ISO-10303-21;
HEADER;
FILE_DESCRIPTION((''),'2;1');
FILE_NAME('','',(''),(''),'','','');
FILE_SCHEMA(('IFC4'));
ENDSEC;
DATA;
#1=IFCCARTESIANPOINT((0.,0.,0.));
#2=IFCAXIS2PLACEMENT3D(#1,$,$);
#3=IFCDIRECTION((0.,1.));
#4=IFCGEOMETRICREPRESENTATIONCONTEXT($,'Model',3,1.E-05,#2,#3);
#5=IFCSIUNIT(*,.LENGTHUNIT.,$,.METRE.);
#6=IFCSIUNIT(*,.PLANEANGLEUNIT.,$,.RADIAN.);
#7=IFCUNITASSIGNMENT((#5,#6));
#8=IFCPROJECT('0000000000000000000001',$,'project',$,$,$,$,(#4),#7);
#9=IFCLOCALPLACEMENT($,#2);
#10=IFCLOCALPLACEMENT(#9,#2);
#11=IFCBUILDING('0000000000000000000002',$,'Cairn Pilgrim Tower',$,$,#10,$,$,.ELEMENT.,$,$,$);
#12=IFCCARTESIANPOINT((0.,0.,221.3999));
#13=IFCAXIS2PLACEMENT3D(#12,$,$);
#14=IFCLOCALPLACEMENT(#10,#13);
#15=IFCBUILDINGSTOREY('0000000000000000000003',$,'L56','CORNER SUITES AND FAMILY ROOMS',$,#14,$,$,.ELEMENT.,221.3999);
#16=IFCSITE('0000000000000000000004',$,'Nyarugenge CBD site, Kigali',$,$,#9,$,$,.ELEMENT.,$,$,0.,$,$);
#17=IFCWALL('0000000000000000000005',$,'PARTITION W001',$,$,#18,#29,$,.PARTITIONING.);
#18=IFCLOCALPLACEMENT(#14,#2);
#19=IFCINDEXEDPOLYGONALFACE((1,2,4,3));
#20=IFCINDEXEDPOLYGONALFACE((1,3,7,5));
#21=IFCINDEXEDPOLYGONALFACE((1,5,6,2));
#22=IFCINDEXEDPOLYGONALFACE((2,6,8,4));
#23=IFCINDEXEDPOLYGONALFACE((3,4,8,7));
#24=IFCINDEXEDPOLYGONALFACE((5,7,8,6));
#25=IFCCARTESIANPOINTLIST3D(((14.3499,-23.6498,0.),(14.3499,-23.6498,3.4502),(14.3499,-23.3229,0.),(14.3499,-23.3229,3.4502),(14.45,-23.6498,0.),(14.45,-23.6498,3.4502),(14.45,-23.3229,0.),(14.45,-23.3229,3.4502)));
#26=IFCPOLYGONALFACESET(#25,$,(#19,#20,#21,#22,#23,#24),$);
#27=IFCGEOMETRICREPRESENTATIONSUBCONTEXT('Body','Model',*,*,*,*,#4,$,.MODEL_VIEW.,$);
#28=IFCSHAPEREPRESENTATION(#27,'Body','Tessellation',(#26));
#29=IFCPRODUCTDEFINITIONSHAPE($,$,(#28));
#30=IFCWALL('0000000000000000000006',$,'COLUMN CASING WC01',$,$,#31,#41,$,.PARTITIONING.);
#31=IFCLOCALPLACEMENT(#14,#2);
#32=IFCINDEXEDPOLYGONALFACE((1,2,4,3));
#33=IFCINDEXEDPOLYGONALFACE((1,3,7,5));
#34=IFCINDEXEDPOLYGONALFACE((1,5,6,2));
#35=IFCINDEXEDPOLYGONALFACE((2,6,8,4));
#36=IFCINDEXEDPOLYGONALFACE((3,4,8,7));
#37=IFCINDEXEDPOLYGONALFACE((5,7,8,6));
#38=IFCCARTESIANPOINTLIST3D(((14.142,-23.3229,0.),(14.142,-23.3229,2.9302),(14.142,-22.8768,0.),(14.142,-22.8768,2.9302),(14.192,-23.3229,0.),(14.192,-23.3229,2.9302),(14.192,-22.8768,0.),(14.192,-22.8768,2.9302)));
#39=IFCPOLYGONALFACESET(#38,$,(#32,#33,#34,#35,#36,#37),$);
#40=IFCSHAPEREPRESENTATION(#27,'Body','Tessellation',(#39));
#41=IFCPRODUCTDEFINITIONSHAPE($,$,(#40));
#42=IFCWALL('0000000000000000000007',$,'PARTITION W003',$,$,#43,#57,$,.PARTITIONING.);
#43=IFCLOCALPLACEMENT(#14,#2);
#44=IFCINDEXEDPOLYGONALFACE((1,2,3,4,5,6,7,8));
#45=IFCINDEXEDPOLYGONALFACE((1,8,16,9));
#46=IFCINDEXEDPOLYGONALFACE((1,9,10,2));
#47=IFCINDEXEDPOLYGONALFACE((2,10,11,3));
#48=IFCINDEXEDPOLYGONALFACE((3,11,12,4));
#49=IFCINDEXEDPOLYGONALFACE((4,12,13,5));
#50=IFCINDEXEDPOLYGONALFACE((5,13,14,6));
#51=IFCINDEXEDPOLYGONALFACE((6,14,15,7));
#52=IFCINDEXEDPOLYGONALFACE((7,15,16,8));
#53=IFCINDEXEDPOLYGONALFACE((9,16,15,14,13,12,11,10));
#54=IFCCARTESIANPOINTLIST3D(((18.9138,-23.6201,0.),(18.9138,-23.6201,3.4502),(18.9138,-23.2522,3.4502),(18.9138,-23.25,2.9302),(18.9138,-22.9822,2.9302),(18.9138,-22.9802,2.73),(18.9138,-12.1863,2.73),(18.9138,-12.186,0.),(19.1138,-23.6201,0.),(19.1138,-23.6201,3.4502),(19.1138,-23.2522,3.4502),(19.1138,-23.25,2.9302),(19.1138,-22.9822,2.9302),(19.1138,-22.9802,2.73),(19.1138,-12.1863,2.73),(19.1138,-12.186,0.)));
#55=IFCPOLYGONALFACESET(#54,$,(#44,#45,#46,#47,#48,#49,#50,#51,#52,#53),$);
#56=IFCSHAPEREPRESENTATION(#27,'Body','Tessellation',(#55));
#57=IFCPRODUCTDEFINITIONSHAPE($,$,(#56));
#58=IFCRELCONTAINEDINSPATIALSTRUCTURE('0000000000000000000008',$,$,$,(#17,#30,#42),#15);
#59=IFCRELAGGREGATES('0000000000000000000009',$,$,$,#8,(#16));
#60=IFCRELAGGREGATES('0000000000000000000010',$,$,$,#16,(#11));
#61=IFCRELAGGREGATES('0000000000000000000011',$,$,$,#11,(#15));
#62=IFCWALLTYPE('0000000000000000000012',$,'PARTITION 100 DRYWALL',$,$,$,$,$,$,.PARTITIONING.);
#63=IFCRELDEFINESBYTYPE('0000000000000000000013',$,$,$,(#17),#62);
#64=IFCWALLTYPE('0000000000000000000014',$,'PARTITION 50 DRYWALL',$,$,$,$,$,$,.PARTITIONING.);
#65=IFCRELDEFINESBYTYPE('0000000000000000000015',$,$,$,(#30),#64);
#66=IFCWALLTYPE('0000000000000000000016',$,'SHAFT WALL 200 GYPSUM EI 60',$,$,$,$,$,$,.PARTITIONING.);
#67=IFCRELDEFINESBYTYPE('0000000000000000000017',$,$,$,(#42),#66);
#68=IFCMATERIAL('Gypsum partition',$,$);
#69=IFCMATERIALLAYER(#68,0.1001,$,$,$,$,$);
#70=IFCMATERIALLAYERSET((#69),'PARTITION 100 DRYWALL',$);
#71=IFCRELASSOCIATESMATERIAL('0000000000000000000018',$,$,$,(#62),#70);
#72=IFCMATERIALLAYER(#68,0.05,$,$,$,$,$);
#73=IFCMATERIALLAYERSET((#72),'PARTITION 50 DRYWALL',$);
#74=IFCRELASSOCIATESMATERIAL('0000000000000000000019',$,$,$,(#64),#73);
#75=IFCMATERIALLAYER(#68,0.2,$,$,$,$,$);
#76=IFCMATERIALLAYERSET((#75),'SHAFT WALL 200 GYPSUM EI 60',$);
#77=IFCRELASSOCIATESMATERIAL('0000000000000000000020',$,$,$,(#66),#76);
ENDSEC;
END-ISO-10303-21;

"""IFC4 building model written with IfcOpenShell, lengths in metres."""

from ifc_helpers import new_model, si_unit, direction, frame, frame_2d, origin, place, context, subcontext, project, spatial, polyline, rectangle, outline, extrude, material, layer, layer_set, type_object, element, save


model = new_model("IFC4")

# Units and contexts
model_context = context("Model", 3, precision=1e-05, world=origin(), true_north=direction((0.0, 1.0)))
body_context = subcontext(model_context, "Body", "Model", "MODEL_VIEW")
ifc_project = project(units=[si_unit("LENGTHUNIT", "METRE"), si_unit("PLANEANGLEUNIT", "RADIAN")], contexts=[model_context])

# Site, building, storey
site_placement = place(None, origin())
site = spatial("IfcSite", under=ifc_project, at=site_placement, Name="Nyarugenge CBD site, Kigali", CompositionType="ELEMENT", RefElevation=0.0)
building_placement = place(site_placement, origin())
building = spatial("IfcBuilding", under=site, at=building_placement, Name="Cairn Pilgrim Tower", CompositionType="ELEMENT")
storey_placement = place(building_placement, frame((0.0, 0.0, 221.3999)))
storey = spatial("IfcBuildingStorey", under=building, at=storey_placement, Name="L56", Description="CORNER SUITES AND FAMILY ROOMS", CompositionType="ELEMENT", Elevation=221.3999)

# Walls
ifc_material_1 = material(Name="Gypsum partition")
ifc_layer_1 = layer(ifc_material_1, 0.1001)
ifc_layer_set_1 = layer_set([ifc_layer_1], Name="PARTITION 100 DRYWALL")
wall_type_1 = type_object("IfcWallType", Name="PARTITION 100 DRYWALL", PredefinedType="PARTITIONING", material=ifc_layer_set_1)
wall_1_placement = place(storey_placement, frame((14.3999, -23.6499, 0.0), z_axis=(0.0, 0.0, 1.0), x_axis=(0.0, 1.0, 0.0)))
element("IfcWall", 1, at=wall_1_placement, inside=storey, type_object=wall_type_1, Name="PARTITION W001", PredefinedType="PARTITIONING", context=body_context, shape_type="SweptSolid", body=[
    extrude(rectangle(XDim=0.3269, YDim=0.1001, at=frame_2d((0.1636, 0.0))), origin(), (0.0, 0.0, 1.0), 3.4502),
])
ifc_layer_2 = layer(ifc_material_1, 0.05)
ifc_layer_set_2 = layer_set([ifc_layer_2], Name="PARTITION 50 DRYWALL")
wall_type_2 = type_object("IfcWallType", Name="PARTITION 50 DRYWALL", PredefinedType="PARTITIONING", material=ifc_layer_set_2)
wall_2_placement = place(storey_placement, frame((14.167, -23.323, 0.0), z_axis=(0.0, 0.0, 1.0), x_axis=(0.0, 1.0, 0.0)))
element("IfcWall", 2, at=wall_2_placement, inside=storey, type_object=wall_type_2, Name="COLUMN CASING WC01", PredefinedType="PARTITIONING", context=body_context, shape_type="SweptSolid", body=[
    extrude(rectangle(XDim=0.446, YDim=0.05, at=frame_2d((0.2231, 0.0))), origin(), (0.0, 0.0, 1.0), 2.9302),
])
ifc_layer_3 = layer(ifc_material_1, 0.2)
ifc_layer_set_3 = layer_set([ifc_layer_3], Name="SHAFT WALL 200 GYPSUM EI 60")
wall_type_3 = type_object("IfcWallType", Name="SHAFT WALL 200 GYPSUM EI 60", PredefinedType="PARTITIONING", material=ifc_layer_set_3)
wall_3_placement = place(storey_placement, frame((19.0139, -23.6201, 0.0), z_axis=(0.0, 0.0, 1.0), x_axis=(0.0, 1.0, 0.0)))
element("IfcWall", 3, at=wall_3_placement, inside=storey, type_object=wall_type_3, Name="PARTITION W003", PredefinedType="PARTITIONING", context=body_context, shape_type="SweptSolid", body=[
    extrude(outline(polyline([(0.0, 0.0), (11.4341, 0.0), (11.4338, 2.73), (0.6399, 2.73), (0.6379, 2.9302), (0.3701, 2.9302), (0.3679, 3.4502), (0.0, 3.4502), (0.0, 0.0)])), frame((0.0, 0.1001, 0.0), z_axis=(0.0, -1.0, 0.0), x_axis=(1.0, 0.0, 0.0)), (0.0, 0.0, 1.0), 0.2),
])

save(model, "model.ifc")
